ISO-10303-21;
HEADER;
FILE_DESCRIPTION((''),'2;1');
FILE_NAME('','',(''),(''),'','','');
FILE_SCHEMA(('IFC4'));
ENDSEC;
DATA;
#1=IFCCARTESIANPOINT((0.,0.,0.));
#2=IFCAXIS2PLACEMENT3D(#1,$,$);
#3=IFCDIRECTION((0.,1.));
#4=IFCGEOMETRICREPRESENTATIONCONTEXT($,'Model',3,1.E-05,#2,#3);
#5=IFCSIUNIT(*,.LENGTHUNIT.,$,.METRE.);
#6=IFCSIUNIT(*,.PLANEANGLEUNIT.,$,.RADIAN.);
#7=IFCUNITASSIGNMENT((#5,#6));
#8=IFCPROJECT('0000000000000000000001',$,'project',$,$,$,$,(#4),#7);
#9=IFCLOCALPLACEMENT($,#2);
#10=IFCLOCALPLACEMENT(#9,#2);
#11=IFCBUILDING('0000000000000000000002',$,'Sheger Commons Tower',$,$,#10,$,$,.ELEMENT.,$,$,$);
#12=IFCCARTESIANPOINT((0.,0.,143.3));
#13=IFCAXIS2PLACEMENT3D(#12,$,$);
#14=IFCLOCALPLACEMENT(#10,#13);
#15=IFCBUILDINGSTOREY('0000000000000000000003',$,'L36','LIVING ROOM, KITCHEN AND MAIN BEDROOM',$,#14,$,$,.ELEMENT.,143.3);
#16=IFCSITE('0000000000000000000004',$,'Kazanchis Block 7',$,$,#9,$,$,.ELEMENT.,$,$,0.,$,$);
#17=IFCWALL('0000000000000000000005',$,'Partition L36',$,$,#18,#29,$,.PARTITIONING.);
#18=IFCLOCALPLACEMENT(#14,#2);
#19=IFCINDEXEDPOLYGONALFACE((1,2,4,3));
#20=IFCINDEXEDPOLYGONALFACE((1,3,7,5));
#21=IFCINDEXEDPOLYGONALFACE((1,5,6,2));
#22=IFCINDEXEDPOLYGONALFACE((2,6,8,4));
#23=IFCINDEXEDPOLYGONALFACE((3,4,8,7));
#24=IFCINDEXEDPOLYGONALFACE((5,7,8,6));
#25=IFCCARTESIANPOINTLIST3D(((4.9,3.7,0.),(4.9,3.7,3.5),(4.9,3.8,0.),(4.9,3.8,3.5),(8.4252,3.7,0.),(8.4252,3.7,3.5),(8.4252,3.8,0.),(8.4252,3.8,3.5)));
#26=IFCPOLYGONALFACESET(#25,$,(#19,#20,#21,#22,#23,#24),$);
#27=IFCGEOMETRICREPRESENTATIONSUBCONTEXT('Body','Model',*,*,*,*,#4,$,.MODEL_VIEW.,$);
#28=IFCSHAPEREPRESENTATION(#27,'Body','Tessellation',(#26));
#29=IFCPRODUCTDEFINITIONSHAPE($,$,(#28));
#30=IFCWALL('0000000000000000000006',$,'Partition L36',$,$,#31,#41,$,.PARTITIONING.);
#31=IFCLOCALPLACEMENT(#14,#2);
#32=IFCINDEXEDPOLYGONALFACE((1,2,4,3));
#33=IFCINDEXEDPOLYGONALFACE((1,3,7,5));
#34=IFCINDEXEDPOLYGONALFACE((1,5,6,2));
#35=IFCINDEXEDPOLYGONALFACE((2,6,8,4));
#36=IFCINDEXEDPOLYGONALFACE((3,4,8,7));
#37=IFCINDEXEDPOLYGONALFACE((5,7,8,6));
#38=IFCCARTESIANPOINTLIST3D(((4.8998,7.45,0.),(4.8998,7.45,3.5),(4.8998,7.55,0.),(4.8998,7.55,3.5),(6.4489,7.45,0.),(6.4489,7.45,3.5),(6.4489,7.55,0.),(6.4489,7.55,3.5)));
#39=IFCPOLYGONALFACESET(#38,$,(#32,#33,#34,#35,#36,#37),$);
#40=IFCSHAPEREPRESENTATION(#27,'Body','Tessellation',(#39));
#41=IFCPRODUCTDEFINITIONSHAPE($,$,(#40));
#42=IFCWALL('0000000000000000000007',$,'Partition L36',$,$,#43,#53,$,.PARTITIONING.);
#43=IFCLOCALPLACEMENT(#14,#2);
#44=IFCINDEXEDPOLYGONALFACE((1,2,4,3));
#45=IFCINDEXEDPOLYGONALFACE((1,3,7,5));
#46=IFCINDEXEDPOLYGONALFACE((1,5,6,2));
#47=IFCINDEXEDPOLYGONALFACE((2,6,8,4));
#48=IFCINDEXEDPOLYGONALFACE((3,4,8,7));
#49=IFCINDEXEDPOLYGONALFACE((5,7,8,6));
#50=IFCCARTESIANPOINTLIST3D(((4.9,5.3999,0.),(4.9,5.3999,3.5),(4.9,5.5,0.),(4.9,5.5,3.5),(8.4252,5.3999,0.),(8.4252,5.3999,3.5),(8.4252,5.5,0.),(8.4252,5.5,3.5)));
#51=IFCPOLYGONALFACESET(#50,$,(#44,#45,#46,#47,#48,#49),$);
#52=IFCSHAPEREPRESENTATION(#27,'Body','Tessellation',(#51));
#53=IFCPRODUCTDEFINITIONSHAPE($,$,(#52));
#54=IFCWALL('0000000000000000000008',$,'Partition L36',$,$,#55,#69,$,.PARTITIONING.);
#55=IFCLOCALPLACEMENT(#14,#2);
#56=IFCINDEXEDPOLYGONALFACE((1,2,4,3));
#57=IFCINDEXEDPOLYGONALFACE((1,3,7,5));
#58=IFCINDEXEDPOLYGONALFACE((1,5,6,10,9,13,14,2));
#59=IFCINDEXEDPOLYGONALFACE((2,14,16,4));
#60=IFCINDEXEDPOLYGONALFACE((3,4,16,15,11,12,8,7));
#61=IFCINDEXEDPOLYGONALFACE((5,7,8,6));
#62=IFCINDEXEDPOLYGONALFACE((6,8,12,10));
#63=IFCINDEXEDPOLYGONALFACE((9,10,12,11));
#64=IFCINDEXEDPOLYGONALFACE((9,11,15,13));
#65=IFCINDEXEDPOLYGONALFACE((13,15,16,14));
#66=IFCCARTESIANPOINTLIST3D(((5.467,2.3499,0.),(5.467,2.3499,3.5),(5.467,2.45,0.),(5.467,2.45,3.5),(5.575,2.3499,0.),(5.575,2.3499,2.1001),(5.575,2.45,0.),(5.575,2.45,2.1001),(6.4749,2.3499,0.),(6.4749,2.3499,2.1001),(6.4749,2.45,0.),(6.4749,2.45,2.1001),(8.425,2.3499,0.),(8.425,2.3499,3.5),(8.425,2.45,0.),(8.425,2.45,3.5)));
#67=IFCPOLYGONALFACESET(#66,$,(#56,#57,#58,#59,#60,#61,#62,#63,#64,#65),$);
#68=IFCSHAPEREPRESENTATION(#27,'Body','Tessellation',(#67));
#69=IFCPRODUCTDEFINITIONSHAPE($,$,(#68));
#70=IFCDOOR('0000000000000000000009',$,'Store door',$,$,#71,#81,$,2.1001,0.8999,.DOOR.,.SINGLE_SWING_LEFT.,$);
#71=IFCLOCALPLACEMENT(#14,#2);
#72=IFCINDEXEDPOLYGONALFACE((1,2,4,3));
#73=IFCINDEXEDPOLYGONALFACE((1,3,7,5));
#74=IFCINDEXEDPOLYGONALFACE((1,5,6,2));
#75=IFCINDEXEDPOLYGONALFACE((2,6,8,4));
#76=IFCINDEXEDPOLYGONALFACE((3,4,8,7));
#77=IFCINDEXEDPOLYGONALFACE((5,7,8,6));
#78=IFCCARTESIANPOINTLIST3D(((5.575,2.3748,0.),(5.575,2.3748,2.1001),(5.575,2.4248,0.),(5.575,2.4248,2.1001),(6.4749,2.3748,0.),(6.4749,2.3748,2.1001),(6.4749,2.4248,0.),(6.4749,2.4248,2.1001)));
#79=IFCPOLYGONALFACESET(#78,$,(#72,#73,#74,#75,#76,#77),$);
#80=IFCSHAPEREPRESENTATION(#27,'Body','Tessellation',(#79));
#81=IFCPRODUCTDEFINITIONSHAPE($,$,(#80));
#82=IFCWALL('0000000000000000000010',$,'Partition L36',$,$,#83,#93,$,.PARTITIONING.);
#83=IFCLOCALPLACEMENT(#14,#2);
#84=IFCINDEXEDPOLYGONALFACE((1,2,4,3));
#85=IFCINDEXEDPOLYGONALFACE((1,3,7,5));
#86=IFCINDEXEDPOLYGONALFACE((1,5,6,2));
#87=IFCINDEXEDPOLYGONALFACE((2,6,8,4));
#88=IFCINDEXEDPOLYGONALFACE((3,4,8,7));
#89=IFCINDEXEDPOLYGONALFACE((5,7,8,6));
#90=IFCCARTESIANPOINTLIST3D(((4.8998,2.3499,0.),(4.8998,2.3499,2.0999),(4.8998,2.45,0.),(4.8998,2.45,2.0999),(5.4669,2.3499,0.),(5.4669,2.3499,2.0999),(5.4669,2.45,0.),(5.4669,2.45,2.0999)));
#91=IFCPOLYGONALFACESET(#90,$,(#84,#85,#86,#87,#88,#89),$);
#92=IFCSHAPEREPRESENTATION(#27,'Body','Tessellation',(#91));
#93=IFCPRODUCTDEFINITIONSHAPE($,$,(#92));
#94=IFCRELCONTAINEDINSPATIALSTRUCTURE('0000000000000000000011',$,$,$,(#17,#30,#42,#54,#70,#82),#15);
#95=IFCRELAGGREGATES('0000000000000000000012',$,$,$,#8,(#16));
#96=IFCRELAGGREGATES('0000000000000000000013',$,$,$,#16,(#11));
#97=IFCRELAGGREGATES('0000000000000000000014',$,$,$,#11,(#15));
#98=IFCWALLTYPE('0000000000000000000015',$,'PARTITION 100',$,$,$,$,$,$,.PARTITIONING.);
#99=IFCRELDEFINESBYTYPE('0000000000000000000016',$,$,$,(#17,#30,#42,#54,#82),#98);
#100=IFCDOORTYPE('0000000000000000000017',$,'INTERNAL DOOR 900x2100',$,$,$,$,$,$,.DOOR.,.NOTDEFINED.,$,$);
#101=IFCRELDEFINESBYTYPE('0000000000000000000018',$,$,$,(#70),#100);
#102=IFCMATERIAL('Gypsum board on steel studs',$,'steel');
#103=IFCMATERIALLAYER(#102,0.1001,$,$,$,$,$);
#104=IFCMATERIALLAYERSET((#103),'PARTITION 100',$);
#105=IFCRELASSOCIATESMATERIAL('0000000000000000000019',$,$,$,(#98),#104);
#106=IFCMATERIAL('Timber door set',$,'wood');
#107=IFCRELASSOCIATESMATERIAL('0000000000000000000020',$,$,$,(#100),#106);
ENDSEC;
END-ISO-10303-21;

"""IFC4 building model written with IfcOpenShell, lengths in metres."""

from ifc_helpers import new_model, si_unit, direction, frame, frame_2d, origin, place, context, subcontext, project, spatial, rectangle, extrude, material, layer, layer_set, type_object, element, fill, save


model = new_model("IFC4")

# Units and contexts
model_context = context("Model", 3, precision=1e-05, world=origin(), true_north=direction((0.0, 1.0)))
body_context = subcontext(model_context, "Body", "Model", "MODEL_VIEW")
ifc_project = project(units=[si_unit("LENGTHUNIT", "METRE"), si_unit("PLANEANGLEUNIT", "RADIAN")], contexts=[model_context])

# Site, building, storey
site_placement = place(None, origin())
site = spatial("IfcSite", under=ifc_project, at=site_placement, Name="Kazanchis Block 7", CompositionType="ELEMENT", RefElevation=0.0)
building_placement = place(site_placement, origin())
building = spatial("IfcBuilding", under=site, at=building_placement, Name="Sheger Commons Tower", CompositionType="ELEMENT")
storey_placement = place(building_placement, frame((0.0, 0.0, 143.3)))
storey = spatial("IfcBuildingStorey", under=building, at=storey_placement, Name="L36", Description="LIVING ROOM, KITCHEN AND MAIN BEDROOM", CompositionType="ELEMENT", Elevation=143.3)

# Shared definitions
ifc_material_1 = material(Name="Gypsum board on steel studs", Category="steel")
ifc_layer_1 = layer(ifc_material_1, 0.1001)
ifc_layer_set_1 = layer_set([ifc_layer_1], Name="PARTITION 100")
wall_type_1 = type_object("IfcWallType", Name="PARTITION 100", PredefinedType="PARTITIONING", material=ifc_layer_set_1)
ifc_material_2 = material(Name="Timber door set", Category="wood")
door_type = type_object("IfcDoorType", Name="INTERNAL DOOR 900x2100", OperationType="NOTDEFINED", PredefinedType="DOOR", material=ifc_material_2)

# Walls
wall_1_placement = place(storey_placement, frame((4.8999, 3.75, 0.0), z_axis=(0.0, 0.0, 1.0), x_axis=(1.0, 0.0, 0.0)))
element("IfcWall", 1, at=wall_1_placement, inside=storey, type_object=wall_type_1, Name="Partition L36", PredefinedType="PARTITIONING", context=body_context, shape_type="SweptSolid", body=[
    extrude(rectangle(XDim=3.5251, YDim=0.1001, at=frame_2d((1.7627, 0.0))), origin(), (0.0, 0.0, 1.0), 3.5),
])
wall_2_placement = place(storey_placement, frame((4.8999, 7.5, 0.0), z_axis=(0.0, 0.0, 1.0), x_axis=(1.0, 0.0, 0.0)))
element("IfcWall", 2, at=wall_2_placement, inside=storey, type_object=wall_type_1, Name="Partition L36", PredefinedType="PARTITIONING", context=body_context, shape_type="SweptSolid", body=[
    extrude(rectangle(XDim=1.5491, YDim=0.1001, at=frame_2d((0.7744, 0.0))), origin(), (0.0, 0.0, 1.0), 3.5),
])
wall_3_placement = place(storey_placement, frame((4.8999, 5.45, 0.0), z_axis=(0.0, 0.0, 1.0), x_axis=(1.0, 0.0, 0.0)))
element("IfcWall", 3, at=wall_3_placement, inside=storey, type_object=wall_type_1, Name="Partition L36", PredefinedType="PARTITIONING", context=body_context, shape_type="SweptSolid", body=[
    extrude(rectangle(XDim=3.5251, YDim=0.1001, at=frame_2d((1.7627, 0.0))), origin(), (0.0, 0.0, 1.0), 3.5),
])

# Wall, opening, door
wall_4_placement = place(storey_placement, frame((5.467, 2.3999, 0.0), z_axis=(0.0, 0.0, 1.0), x_axis=(1.0, 0.0, 0.0)))
wall_4 = element("IfcWall", 4, at=wall_4_placement, inside=storey, type_object=wall_type_1, Name="Partition L36", PredefinedType="PARTITIONING", context=body_context, shape_type="SweptSolid", body=[
    extrude(rectangle(XDim=2.958, YDim=0.1001, at=frame_2d((1.479, 0.0))), origin(), (0.0, 0.0, 1.0), 3.5),
])
opening_1_placement = place(wall_4_placement, frame((0.1079, 0.0, 0.0)))
opening_1 = element("IfcOpeningElement", 5, at=opening_1_placement, cuts=wall_4, PredefinedType="OPENING", context=body_context, shape_type="SweptSolid", body=[
    extrude(rectangle(XDim=0.8999, YDim=2.1001, at=frame_2d((0.45, 1.05))), frame((0.0, 0.0601, 0.0), z_axis=(0.0, -1.0, 0.0), x_axis=(1.0, 0.0, 0.0)), (0.0, 0.0, 1.0), 0.1201),
])
door_1_placement = place(opening_1_placement, origin())
door_1 = element("IfcDoor", 6, at=door_1_placement, inside=storey, type_object=door_type, Name="Store door", OperationType="SINGLE_SWING_LEFT", OverallHeight=2.1001, OverallWidth=0.8999, PredefinedType="DOOR", context=body_context, shape_type="SweptSolid", body=[
    extrude(rectangle(XDim=0.8999, YDim=2.1001, at=frame_2d((0.45, 1.05))), frame((0.0, 0.0249, 0.0), z_axis=(0.0, -1.0, 0.0), x_axis=(1.0, 0.0, 0.0)), (0.0, 0.0, 1.0), 0.05),
])
fill(opening_1, door_1)

# Wall
wall_5_placement = place(storey_placement, frame((5.467, 2.3999, 0.0), z_axis=(0.0, 0.0, 1.0), x_axis=(-1.0, 0.0, 0.0)))
element("IfcWall", 7, at=wall_5_placement, inside=storey, type_object=wall_type_1, Name="Partition L36", PredefinedType="PARTITIONING", context=body_context, shape_type="SweptSolid", body=[
    extrude(rectangle(XDim=0.5671, YDim=0.1001, at=frame_2d((0.2837, 0.0))), origin(), (0.0, 0.0, 1.0), 2.0999),
])

save(model, "model.ifc")
